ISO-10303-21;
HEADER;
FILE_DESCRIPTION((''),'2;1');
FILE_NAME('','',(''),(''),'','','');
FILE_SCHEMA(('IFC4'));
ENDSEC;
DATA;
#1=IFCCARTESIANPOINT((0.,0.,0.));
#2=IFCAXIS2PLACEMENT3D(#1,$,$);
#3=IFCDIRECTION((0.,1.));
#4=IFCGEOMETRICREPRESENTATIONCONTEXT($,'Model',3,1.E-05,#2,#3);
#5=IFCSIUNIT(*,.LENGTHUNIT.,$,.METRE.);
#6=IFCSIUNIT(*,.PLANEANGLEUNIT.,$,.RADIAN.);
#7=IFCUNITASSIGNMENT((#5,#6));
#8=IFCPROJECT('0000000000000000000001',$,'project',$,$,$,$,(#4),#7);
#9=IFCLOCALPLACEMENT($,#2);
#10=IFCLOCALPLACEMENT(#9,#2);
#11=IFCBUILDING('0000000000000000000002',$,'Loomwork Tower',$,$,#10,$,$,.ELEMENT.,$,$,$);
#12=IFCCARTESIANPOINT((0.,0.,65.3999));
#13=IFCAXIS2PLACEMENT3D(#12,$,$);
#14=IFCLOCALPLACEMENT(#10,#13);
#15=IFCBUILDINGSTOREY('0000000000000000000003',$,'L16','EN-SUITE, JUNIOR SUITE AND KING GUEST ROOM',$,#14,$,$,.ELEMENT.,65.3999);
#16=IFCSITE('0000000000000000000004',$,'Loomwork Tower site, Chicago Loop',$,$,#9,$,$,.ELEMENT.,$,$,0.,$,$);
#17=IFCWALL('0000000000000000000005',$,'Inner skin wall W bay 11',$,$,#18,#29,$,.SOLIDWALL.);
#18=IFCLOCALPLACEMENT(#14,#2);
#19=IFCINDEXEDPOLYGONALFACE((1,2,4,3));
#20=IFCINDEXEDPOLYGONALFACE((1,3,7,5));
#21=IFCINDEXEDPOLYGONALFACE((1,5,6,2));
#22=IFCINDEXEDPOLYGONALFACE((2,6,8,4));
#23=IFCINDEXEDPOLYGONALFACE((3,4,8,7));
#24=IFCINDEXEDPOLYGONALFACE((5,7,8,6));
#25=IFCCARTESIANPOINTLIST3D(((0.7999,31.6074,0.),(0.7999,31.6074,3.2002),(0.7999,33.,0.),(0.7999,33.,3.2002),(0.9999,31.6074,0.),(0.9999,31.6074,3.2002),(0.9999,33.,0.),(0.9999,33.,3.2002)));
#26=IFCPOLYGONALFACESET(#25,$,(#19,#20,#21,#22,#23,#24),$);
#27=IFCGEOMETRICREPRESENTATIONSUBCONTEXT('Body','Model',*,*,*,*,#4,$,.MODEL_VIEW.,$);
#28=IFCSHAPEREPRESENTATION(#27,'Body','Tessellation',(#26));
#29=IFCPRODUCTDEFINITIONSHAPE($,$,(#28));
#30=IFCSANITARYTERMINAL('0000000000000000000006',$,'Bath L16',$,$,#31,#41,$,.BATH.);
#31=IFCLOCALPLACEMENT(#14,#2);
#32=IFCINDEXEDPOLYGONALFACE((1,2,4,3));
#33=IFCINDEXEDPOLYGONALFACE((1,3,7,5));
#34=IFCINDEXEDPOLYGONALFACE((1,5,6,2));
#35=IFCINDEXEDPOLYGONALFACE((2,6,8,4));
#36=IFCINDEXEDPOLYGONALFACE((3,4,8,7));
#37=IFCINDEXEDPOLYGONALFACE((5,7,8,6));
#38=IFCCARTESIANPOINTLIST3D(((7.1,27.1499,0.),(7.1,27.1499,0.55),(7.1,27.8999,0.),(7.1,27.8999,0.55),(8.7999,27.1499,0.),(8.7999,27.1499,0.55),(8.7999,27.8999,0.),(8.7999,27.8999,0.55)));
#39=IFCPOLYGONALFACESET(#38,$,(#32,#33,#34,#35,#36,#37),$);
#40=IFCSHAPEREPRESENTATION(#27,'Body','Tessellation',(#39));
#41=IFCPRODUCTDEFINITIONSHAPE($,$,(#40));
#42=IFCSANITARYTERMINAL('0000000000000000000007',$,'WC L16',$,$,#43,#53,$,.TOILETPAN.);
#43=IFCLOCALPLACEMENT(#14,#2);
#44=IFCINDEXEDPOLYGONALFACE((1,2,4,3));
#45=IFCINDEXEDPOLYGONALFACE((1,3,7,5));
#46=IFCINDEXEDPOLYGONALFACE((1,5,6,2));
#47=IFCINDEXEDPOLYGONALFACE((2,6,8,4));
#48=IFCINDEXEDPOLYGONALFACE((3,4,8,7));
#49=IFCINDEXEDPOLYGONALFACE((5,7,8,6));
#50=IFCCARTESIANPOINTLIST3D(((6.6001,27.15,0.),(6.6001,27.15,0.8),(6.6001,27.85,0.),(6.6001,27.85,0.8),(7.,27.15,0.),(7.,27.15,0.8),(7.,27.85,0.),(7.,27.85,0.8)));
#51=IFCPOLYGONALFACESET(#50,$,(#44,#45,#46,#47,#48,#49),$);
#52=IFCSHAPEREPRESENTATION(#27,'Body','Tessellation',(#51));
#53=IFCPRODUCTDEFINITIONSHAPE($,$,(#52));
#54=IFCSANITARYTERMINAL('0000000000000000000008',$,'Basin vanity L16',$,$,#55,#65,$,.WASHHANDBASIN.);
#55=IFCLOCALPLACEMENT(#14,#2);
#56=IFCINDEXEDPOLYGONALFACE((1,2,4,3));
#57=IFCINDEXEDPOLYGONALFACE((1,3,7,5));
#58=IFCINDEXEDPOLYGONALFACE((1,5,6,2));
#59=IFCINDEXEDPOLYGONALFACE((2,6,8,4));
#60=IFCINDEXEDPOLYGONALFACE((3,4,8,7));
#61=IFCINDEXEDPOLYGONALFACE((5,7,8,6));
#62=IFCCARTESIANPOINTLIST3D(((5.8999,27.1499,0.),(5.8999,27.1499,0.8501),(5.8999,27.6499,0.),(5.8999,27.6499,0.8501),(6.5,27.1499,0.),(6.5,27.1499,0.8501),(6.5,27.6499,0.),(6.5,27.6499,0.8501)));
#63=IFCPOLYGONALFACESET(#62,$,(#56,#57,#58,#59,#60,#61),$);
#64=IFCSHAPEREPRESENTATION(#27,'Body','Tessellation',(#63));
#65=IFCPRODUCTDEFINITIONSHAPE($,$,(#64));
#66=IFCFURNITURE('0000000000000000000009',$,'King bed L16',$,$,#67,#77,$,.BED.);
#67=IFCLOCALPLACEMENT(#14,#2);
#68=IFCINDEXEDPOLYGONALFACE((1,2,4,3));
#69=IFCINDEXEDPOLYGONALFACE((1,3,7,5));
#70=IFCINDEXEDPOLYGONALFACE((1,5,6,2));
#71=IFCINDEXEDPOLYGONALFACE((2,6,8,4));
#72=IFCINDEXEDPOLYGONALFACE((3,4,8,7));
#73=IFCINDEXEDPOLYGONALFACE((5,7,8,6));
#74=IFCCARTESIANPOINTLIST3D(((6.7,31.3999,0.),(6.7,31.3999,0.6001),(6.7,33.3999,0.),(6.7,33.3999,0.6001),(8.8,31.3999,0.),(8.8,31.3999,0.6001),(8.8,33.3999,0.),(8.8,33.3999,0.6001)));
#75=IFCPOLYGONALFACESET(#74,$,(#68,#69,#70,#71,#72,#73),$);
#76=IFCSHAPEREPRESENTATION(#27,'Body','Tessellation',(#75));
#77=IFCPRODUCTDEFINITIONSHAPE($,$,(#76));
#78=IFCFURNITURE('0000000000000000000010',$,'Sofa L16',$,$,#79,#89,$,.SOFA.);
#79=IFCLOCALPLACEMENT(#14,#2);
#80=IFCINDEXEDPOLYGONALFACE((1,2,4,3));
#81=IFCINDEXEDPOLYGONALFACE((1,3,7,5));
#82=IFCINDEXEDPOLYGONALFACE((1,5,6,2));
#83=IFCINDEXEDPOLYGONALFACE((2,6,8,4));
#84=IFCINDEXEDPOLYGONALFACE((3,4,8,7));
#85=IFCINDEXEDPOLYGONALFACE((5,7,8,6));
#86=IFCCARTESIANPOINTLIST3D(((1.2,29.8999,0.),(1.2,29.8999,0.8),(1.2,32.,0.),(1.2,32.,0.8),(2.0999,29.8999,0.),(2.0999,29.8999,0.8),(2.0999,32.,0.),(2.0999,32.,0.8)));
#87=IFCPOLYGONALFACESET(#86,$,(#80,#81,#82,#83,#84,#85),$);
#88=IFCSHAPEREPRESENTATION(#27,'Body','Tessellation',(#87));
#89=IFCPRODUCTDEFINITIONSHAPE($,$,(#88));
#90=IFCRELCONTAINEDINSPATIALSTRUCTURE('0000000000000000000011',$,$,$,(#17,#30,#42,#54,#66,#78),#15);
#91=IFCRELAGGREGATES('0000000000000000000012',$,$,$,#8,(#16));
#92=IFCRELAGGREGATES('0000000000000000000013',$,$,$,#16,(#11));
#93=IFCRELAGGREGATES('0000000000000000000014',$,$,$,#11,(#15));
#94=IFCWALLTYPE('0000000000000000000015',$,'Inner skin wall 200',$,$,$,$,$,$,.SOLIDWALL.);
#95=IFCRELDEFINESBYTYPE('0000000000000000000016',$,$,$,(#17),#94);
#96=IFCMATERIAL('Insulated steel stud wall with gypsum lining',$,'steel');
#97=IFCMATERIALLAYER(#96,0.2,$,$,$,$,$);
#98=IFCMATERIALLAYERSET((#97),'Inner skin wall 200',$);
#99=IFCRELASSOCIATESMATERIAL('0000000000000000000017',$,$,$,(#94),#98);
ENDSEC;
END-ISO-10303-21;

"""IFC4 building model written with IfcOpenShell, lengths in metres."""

from ifc_helpers import new_model, si_unit, direction, frame, frame_2d, origin, origin_2d, place, context, subcontext, project, spatial, rectangle, extrude, material, layer, layer_set, type_object, element, save


model = new_model("IFC4")

# Units and contexts
model_context = context("Model", 3, precision=1e-05, world=origin(), true_north=direction((0.0, 1.0)))
body_context = subcontext(model_context, "Body", "Model", "MODEL_VIEW")
ifc_project = project(units=[si_unit("LENGTHUNIT", "METRE"), si_unit("PLANEANGLEUNIT", "RADIAN")], contexts=[model_context])

# Site, building, storey
site_placement = place(None, origin())
site = spatial("IfcSite", under=ifc_project, at=site_placement, Name="Loomwork Tower site, Chicago Loop", CompositionType="ELEMENT", RefElevation=0.0)
building_placement = place(site_placement, origin())
building = spatial("IfcBuilding", under=site, at=building_placement, Name="Loomwork Tower", CompositionType="ELEMENT")
storey_placement = place(building_placement, frame((0.0, 0.0, 65.3999)))
storey = spatial("IfcBuildingStorey", under=building, at=storey_placement, Name="L16", Description="EN-SUITE, JUNIOR SUITE AND KING GUEST ROOM", CompositionType="ELEMENT", Elevation=65.3999)

# Wall
ifc_material_1 = material(Name="Insulated steel stud wall with gypsum lining", Category="steel")
ifc_layer_1 = layer(ifc_material_1, 0.2)
ifc_layer_set_1 = layer_set([ifc_layer_1], Name="Inner skin wall 200")
wall_type_1 = type_object("IfcWallType", Name="Inner skin wall 200", PredefinedType="SOLIDWALL", material=ifc_layer_set_1)
wall_1_placement = place(storey_placement, frame((0.8999, 31.6074, 0.0), z_axis=(0.0, 0.0, 1.0), x_axis=(0.0, 1.0, 0.0)))
element("IfcWall", 1, at=wall_1_placement, inside=storey, type_object=wall_type_1, Name="Inner skin wall W bay 11", PredefinedType="SOLIDWALL", context=body_context, shape_type="SweptSolid", body=[
    extrude(rectangle(XDim=1.3926, YDim=0.2, at=frame_2d((0.6963, 0.0))), origin(), (0.0, 0.0, 1.0), 3.2002),
])

# Sanitary terminals
sanitary_terminal_1_placement = place(storey_placement, frame((7.95, 27.5249, 0.0), z_axis=(0.0, 0.0, 1.0), x_axis=(1.0, 0.0, 0.0)))
element("IfcSanitaryTerminal", 2, at=sanitary_terminal_1_placement, inside=storey, Name="Bath L16", PredefinedType="BATH", context=body_context, shape_type="SweptSolid", body=[
    extrude(rectangle(XDim=1.7, YDim=0.75, at=origin_2d()), origin(), (0.0, 0.0, 1.0), 0.55),
])
sanitary_terminal_2_placement = place(storey_placement, frame((6.8, 27.5, 0.0), z_axis=(0.0, 0.0, 1.0), x_axis=(1.0, 0.0, 0.0)))
element("IfcSanitaryTerminal", 3, at=sanitary_terminal_2_placement, inside=storey, Name="WC L16", PredefinedType="TOILETPAN", context=body_context, shape_type="SweptSolid", body=[
    extrude(rectangle(XDim=0.3999, YDim=0.7, at=origin_2d()), origin(), (0.0, 0.0, 1.0), 0.8),
])
sanitary_terminal_3_placement = place(storey_placement, frame((6.2, 27.3999, 0.0), z_axis=(0.0, 0.0, 1.0), x_axis=(1.0, 0.0, 0.0)))
element("IfcSanitaryTerminal", 4, at=sanitary_terminal_3_placement, inside=storey, Name="Basin vanity L16", PredefinedType="WASHHANDBASIN", context=body_context, shape_type="SweptSolid", body=[
    extrude(rectangle(XDim=0.6001, YDim=0.5, at=origin_2d()), origin(), (0.0, 0.0, 1.0), 0.8501),
])

# Furniture
furniture_1_placement = place(storey_placement, frame((7.75, 32.3999, 0.0), z_axis=(0.0, 0.0, 1.0), x_axis=(1.0, 0.0, 0.0)))
element("IfcFurniture", 5, at=furniture_1_placement, inside=storey, Name="King bed L16", PredefinedType="BED", context=body_context, shape_type="SweptSolid", body=[
    extrude(rectangle(XDim=2.1001, YDim=2.0, at=origin_2d()), origin(), (0.0, 0.0, 1.0), 0.6001),
])
furniture_2_placement = place(storey_placement, frame((1.6499, 30.95, 0.0), z_axis=(0.0, 0.0, 1.0), x_axis=(1.0, 0.0, 0.0)))
element("IfcFurniture", 6, at=furniture_2_placement, inside=storey, Name="Sofa L16", PredefinedType="SOFA", context=body_context, shape_type="SweptSolid", body=[
    extrude(rectangle(XDim=0.8999, YDim=2.1001, at=origin_2d()), origin(), (0.0, 0.0, 1.0), 0.8),
])

save(model, "model.ifc")
